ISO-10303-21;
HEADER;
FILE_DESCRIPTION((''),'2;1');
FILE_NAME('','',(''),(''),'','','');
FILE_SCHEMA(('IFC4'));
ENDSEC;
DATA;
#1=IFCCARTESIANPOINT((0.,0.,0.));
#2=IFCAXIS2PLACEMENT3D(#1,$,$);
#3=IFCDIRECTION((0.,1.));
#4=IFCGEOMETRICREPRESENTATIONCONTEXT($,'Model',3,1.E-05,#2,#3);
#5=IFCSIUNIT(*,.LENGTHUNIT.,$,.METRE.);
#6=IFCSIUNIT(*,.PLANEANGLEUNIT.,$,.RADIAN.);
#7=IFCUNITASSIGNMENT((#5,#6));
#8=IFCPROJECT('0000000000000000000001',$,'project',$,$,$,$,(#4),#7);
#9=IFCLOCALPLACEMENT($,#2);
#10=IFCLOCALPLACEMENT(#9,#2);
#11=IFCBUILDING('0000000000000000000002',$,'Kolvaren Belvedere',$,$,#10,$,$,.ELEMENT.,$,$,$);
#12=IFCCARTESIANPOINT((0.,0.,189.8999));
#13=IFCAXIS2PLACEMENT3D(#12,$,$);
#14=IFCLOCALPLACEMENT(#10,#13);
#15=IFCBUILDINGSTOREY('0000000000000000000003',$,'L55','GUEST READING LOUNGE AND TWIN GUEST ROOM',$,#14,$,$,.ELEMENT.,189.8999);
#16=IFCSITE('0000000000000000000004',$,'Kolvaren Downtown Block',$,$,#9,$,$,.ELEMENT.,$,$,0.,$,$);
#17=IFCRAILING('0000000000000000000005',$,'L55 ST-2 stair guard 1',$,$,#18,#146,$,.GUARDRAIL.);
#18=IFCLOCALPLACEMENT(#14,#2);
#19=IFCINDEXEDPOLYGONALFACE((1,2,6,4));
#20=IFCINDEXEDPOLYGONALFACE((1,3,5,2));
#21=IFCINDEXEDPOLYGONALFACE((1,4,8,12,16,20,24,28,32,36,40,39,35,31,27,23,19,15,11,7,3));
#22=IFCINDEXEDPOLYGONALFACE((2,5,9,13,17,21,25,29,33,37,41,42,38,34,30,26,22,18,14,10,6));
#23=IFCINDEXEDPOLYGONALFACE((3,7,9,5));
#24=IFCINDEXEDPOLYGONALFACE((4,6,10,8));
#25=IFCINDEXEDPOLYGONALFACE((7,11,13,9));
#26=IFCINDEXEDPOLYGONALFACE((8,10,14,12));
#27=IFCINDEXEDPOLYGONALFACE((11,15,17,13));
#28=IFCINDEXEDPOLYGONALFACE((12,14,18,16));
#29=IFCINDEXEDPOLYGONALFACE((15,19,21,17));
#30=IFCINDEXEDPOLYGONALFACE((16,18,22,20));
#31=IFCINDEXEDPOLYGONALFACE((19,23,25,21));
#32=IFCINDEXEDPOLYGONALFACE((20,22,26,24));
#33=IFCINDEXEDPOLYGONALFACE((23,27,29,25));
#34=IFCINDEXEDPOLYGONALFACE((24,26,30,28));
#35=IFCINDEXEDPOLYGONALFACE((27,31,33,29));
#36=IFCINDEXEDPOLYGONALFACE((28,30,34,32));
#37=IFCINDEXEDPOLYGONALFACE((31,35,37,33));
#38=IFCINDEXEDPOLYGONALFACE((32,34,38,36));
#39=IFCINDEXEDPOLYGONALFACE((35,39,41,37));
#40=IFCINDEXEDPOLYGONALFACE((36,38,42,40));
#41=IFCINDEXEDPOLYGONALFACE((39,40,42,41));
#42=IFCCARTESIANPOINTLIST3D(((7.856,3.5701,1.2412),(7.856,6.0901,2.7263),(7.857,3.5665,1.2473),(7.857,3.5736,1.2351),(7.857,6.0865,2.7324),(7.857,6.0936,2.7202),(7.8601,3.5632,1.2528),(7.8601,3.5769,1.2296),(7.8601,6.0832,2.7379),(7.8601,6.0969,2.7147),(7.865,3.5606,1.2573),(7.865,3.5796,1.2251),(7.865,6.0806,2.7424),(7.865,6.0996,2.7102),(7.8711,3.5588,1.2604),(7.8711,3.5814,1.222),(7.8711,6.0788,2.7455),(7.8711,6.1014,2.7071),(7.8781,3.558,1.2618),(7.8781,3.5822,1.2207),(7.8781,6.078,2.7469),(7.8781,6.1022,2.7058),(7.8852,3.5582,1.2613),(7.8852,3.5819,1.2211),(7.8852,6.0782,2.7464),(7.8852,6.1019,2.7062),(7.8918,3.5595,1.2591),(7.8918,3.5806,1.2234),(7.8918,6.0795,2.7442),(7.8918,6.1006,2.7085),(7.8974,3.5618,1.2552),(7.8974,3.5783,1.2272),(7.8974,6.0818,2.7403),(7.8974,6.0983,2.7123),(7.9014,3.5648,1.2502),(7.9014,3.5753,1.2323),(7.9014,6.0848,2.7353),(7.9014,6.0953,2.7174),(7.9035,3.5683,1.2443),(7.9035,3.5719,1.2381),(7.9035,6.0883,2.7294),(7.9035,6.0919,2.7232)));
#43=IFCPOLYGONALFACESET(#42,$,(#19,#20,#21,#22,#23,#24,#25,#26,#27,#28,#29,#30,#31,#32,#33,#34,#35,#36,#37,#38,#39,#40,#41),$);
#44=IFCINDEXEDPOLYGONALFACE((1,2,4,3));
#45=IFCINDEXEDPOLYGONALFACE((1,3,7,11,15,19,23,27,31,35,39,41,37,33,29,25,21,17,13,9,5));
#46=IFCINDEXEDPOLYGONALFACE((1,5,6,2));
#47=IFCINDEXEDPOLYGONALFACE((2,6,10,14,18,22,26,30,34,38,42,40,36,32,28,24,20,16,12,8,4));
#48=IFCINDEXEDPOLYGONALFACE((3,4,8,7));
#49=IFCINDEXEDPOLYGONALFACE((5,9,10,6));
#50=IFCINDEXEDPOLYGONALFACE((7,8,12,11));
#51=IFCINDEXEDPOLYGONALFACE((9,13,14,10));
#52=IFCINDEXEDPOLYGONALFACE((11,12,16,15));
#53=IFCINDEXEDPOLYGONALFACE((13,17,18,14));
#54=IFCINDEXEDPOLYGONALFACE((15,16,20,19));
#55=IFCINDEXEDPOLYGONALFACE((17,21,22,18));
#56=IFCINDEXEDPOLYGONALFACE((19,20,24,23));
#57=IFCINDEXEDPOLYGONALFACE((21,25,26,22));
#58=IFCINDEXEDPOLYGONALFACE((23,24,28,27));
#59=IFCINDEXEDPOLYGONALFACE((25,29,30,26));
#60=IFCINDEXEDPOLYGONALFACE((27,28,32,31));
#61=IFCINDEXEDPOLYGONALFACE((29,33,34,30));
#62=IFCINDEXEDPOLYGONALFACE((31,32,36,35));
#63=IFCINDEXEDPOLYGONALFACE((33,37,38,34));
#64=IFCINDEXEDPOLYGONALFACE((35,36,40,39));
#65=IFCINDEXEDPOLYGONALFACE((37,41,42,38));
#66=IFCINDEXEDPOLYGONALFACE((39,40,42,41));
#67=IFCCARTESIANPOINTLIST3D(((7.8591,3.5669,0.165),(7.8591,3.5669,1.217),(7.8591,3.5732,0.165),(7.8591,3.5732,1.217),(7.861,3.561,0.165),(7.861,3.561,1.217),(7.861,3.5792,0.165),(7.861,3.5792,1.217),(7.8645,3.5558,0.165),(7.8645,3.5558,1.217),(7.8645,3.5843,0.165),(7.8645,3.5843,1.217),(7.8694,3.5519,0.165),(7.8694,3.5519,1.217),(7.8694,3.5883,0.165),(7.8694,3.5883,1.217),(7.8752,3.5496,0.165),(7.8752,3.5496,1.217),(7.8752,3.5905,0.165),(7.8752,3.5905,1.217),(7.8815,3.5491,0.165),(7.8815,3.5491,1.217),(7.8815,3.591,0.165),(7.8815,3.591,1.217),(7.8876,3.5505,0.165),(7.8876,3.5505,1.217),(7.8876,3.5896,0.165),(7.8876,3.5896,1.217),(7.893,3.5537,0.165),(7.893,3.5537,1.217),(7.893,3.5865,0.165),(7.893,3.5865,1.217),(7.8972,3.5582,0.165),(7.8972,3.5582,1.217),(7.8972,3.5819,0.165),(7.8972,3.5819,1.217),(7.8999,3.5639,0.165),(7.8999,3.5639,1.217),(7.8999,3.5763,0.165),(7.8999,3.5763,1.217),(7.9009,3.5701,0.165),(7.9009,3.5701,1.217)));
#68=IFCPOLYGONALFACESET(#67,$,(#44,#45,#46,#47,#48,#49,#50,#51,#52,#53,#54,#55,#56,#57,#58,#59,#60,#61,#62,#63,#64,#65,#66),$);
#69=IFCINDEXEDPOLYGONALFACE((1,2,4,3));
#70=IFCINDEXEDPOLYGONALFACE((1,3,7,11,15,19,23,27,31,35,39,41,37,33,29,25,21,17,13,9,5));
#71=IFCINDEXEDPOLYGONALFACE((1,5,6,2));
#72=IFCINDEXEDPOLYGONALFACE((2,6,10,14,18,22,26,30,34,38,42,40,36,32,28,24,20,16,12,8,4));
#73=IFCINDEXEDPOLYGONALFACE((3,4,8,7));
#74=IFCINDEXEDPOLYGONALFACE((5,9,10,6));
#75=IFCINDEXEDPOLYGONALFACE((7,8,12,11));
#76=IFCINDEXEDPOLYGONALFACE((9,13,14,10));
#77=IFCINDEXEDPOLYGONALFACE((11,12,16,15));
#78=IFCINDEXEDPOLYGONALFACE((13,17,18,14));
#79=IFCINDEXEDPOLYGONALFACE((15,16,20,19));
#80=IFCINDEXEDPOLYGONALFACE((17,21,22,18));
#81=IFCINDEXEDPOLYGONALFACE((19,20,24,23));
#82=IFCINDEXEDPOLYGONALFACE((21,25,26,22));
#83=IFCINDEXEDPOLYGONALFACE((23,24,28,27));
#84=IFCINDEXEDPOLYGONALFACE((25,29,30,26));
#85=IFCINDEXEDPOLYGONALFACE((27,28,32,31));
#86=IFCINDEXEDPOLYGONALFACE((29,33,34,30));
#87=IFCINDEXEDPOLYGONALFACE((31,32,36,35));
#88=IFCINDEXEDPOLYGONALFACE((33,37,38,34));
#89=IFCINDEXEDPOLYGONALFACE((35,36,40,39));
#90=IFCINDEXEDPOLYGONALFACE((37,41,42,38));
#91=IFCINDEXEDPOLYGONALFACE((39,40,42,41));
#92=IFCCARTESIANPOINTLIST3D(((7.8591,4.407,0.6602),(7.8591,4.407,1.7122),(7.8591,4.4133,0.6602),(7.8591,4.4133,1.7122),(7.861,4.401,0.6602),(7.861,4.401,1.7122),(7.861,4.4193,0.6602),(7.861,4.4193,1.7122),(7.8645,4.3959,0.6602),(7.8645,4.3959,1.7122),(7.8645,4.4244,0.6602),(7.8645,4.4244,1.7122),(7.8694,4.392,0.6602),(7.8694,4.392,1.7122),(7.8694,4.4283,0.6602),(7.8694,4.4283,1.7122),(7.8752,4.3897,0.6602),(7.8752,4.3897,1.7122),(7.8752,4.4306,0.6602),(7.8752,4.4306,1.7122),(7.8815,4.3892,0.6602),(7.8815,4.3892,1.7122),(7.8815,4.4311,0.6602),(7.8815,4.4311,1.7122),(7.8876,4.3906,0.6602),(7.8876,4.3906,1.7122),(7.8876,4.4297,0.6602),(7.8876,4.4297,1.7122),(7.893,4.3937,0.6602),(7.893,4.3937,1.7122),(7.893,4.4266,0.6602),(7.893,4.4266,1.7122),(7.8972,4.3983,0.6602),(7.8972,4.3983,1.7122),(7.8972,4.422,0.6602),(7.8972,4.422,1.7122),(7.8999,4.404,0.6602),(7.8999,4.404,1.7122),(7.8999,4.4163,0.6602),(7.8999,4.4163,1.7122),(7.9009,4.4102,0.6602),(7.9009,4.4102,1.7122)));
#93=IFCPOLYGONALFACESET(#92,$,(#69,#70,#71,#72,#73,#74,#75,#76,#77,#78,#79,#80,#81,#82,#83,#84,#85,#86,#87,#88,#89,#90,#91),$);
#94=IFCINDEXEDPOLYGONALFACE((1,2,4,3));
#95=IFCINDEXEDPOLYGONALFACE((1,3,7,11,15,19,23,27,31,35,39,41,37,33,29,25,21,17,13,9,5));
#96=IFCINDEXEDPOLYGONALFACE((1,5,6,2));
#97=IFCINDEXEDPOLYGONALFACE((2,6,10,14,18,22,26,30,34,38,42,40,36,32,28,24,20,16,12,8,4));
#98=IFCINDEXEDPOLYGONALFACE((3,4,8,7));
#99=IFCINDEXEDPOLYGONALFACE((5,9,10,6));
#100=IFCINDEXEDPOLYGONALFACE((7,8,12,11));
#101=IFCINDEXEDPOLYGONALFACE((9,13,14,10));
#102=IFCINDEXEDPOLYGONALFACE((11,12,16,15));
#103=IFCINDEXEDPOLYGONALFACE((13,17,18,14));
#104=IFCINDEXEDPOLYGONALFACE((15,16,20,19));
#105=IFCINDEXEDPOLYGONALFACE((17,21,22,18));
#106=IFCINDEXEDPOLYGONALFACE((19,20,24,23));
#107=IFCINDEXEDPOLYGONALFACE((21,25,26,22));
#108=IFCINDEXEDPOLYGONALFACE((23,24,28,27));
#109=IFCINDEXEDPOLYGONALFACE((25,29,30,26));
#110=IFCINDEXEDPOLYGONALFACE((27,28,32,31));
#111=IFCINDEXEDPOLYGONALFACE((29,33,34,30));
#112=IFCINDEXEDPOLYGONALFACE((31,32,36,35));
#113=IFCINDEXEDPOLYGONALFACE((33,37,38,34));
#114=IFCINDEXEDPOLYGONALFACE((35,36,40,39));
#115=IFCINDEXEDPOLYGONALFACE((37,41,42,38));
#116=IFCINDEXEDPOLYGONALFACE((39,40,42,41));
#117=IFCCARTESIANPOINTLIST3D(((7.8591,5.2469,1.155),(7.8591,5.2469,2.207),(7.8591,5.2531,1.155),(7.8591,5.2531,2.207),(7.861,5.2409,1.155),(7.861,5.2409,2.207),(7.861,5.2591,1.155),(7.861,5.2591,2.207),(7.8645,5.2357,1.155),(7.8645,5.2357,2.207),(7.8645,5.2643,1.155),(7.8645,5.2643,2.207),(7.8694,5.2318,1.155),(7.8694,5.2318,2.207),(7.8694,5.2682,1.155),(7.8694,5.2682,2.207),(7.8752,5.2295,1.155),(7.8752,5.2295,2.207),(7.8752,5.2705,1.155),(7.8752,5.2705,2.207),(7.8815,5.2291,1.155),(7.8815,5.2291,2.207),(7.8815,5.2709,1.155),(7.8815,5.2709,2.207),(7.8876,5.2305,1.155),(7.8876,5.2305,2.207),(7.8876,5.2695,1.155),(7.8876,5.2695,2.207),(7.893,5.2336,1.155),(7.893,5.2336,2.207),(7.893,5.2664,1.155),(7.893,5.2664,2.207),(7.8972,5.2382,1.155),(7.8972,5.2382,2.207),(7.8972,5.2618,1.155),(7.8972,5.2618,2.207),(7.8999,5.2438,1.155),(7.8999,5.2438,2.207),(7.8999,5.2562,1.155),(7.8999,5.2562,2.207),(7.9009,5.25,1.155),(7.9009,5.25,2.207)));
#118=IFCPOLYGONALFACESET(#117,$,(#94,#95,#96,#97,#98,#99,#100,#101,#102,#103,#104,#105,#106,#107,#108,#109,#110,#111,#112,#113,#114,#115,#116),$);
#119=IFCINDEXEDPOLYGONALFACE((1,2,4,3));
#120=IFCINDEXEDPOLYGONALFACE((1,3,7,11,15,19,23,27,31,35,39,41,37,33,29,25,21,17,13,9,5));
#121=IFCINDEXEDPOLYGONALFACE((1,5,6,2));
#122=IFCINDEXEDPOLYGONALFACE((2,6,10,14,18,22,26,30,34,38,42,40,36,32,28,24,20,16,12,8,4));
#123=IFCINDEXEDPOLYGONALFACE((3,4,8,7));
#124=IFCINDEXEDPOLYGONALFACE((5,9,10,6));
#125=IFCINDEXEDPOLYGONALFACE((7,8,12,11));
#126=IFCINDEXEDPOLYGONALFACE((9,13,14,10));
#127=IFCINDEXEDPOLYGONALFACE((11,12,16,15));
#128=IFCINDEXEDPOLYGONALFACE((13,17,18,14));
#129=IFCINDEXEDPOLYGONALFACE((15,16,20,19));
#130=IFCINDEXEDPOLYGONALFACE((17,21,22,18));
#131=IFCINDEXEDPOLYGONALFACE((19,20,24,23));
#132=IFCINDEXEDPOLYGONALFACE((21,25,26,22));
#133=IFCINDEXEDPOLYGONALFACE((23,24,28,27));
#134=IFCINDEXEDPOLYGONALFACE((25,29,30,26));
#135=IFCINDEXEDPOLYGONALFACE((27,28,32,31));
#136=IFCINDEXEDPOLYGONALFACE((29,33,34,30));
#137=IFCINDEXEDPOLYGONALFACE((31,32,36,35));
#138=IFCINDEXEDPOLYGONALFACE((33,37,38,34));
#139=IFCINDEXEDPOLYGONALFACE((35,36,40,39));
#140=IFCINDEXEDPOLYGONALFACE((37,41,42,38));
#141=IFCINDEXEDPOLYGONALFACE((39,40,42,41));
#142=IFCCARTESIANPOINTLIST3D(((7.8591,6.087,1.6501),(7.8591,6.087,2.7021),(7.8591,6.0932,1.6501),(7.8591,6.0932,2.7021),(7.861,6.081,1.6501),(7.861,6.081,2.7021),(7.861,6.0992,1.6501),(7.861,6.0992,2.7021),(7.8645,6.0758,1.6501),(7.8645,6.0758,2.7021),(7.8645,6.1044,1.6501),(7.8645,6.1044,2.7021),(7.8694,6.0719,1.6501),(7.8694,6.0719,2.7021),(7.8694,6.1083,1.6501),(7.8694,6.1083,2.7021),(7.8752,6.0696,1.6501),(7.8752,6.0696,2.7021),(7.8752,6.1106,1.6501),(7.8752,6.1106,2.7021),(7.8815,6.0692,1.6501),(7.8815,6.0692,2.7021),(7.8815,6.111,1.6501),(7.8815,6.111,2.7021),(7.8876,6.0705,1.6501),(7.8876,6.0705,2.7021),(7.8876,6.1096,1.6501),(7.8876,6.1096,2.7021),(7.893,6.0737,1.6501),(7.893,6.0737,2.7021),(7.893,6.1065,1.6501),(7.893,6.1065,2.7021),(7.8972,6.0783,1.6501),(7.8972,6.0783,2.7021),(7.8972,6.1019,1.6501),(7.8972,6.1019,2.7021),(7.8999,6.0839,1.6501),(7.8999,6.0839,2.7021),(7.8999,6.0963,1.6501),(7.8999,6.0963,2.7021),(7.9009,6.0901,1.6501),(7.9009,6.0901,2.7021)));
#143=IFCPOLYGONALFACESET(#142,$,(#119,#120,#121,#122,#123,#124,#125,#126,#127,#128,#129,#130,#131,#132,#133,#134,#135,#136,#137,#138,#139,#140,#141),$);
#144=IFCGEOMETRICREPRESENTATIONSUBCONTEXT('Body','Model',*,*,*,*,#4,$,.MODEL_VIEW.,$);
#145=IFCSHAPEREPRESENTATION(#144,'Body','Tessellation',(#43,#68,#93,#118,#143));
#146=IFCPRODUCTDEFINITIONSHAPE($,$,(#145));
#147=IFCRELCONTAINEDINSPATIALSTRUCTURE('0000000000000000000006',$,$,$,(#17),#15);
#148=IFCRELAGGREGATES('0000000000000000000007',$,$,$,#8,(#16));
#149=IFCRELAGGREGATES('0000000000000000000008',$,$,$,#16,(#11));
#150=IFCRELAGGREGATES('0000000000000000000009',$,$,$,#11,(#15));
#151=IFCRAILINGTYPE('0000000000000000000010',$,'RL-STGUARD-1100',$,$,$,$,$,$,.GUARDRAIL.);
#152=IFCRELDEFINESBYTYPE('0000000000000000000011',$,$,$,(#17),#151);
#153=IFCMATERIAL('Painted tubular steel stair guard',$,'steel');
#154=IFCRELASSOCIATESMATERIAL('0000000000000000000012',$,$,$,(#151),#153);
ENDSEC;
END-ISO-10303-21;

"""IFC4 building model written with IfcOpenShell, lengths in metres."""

from ifc_helpers import new_model, si_unit, direction, frame, origin, origin_2d, place, context, subcontext, project, spatial, circle, extrude, material, type_object, element, save


model = new_model("IFC4")

# Units and contexts
model_context = context("Model", 3, precision=1e-05, world=origin(), true_north=direction((0.0, 1.0)))
body_context = subcontext(model_context, "Body", "Model", "MODEL_VIEW")
ifc_project = project(units=[si_unit("LENGTHUNIT", "METRE"), si_unit("PLANEANGLEUNIT", "RADIAN")], contexts=[model_context])

# Site, building, storey
site_placement = place(None, origin())
site = spatial("IfcSite", under=ifc_project, at=site_placement, Name="Kolvaren Downtown Block", CompositionType="ELEMENT", RefElevation=0.0)
building_placement = place(site_placement, origin())
building = spatial("IfcBuilding", under=site, at=building_placement, Name="Kolvaren Belvedere", CompositionType="ELEMENT")
storey_placement = place(building_placement, frame((0.0, 0.0, 189.8999)))
storey = spatial("IfcBuildingStorey", under=building, at=storey_placement, Name="L55", Description="GUEST READING LOUNGE AND TWIN GUEST ROOM", CompositionType="ELEMENT", Elevation=189.8999)

# Railing
ifc_material_1 = material(Name="Painted tubular steel stair guard", Category="steel")
railing_type_1 = type_object("IfcRailingType", Name="RL-STGUARD-1100", PredefinedType="GUARDRAIL", material=ifc_material_1)
railing_1_placement = place(storey_placement, frame((7.8799, 3.5701, 0.165)))
element("IfcRailing", 1, at=railing_1_placement, inside=storey, type_object=railing_type_1, Name="L55 ST-2 stair guard 1", PredefinedType="GUARDRAIL", context=body_context, shape_type="SweptSolid", body=[
    extrude(circle(Radius=0.0239, at=origin_2d()), frame((0.0, 0.0, 1.0762), z_axis=(0.0, 0.861524, 0.507717), x_axis=(-1.0, 0.0, 0.0)), (0.0, 0.0, 1.0), 2.925),
    extrude(circle(Radius=0.021, at=origin_2d()), origin(), (0.0, 0.0, 1.0), 1.052),
    extrude(circle(Radius=0.021, at=origin_2d()), frame((0.0, 0.8401, 0.4951)), (0.0, 0.0, 1.0), 1.052),
    extrude(circle(Radius=0.021, at=origin_2d()), frame((0.0, 1.6799, 0.99)), (0.0, 0.0, 1.0), 1.052),
    extrude(circle(Radius=0.021, at=origin_2d()), frame((0.0, 2.52, 1.4851)), (0.0, 0.0, 1.0), 1.052),
])

save(model, "model.ifc")
